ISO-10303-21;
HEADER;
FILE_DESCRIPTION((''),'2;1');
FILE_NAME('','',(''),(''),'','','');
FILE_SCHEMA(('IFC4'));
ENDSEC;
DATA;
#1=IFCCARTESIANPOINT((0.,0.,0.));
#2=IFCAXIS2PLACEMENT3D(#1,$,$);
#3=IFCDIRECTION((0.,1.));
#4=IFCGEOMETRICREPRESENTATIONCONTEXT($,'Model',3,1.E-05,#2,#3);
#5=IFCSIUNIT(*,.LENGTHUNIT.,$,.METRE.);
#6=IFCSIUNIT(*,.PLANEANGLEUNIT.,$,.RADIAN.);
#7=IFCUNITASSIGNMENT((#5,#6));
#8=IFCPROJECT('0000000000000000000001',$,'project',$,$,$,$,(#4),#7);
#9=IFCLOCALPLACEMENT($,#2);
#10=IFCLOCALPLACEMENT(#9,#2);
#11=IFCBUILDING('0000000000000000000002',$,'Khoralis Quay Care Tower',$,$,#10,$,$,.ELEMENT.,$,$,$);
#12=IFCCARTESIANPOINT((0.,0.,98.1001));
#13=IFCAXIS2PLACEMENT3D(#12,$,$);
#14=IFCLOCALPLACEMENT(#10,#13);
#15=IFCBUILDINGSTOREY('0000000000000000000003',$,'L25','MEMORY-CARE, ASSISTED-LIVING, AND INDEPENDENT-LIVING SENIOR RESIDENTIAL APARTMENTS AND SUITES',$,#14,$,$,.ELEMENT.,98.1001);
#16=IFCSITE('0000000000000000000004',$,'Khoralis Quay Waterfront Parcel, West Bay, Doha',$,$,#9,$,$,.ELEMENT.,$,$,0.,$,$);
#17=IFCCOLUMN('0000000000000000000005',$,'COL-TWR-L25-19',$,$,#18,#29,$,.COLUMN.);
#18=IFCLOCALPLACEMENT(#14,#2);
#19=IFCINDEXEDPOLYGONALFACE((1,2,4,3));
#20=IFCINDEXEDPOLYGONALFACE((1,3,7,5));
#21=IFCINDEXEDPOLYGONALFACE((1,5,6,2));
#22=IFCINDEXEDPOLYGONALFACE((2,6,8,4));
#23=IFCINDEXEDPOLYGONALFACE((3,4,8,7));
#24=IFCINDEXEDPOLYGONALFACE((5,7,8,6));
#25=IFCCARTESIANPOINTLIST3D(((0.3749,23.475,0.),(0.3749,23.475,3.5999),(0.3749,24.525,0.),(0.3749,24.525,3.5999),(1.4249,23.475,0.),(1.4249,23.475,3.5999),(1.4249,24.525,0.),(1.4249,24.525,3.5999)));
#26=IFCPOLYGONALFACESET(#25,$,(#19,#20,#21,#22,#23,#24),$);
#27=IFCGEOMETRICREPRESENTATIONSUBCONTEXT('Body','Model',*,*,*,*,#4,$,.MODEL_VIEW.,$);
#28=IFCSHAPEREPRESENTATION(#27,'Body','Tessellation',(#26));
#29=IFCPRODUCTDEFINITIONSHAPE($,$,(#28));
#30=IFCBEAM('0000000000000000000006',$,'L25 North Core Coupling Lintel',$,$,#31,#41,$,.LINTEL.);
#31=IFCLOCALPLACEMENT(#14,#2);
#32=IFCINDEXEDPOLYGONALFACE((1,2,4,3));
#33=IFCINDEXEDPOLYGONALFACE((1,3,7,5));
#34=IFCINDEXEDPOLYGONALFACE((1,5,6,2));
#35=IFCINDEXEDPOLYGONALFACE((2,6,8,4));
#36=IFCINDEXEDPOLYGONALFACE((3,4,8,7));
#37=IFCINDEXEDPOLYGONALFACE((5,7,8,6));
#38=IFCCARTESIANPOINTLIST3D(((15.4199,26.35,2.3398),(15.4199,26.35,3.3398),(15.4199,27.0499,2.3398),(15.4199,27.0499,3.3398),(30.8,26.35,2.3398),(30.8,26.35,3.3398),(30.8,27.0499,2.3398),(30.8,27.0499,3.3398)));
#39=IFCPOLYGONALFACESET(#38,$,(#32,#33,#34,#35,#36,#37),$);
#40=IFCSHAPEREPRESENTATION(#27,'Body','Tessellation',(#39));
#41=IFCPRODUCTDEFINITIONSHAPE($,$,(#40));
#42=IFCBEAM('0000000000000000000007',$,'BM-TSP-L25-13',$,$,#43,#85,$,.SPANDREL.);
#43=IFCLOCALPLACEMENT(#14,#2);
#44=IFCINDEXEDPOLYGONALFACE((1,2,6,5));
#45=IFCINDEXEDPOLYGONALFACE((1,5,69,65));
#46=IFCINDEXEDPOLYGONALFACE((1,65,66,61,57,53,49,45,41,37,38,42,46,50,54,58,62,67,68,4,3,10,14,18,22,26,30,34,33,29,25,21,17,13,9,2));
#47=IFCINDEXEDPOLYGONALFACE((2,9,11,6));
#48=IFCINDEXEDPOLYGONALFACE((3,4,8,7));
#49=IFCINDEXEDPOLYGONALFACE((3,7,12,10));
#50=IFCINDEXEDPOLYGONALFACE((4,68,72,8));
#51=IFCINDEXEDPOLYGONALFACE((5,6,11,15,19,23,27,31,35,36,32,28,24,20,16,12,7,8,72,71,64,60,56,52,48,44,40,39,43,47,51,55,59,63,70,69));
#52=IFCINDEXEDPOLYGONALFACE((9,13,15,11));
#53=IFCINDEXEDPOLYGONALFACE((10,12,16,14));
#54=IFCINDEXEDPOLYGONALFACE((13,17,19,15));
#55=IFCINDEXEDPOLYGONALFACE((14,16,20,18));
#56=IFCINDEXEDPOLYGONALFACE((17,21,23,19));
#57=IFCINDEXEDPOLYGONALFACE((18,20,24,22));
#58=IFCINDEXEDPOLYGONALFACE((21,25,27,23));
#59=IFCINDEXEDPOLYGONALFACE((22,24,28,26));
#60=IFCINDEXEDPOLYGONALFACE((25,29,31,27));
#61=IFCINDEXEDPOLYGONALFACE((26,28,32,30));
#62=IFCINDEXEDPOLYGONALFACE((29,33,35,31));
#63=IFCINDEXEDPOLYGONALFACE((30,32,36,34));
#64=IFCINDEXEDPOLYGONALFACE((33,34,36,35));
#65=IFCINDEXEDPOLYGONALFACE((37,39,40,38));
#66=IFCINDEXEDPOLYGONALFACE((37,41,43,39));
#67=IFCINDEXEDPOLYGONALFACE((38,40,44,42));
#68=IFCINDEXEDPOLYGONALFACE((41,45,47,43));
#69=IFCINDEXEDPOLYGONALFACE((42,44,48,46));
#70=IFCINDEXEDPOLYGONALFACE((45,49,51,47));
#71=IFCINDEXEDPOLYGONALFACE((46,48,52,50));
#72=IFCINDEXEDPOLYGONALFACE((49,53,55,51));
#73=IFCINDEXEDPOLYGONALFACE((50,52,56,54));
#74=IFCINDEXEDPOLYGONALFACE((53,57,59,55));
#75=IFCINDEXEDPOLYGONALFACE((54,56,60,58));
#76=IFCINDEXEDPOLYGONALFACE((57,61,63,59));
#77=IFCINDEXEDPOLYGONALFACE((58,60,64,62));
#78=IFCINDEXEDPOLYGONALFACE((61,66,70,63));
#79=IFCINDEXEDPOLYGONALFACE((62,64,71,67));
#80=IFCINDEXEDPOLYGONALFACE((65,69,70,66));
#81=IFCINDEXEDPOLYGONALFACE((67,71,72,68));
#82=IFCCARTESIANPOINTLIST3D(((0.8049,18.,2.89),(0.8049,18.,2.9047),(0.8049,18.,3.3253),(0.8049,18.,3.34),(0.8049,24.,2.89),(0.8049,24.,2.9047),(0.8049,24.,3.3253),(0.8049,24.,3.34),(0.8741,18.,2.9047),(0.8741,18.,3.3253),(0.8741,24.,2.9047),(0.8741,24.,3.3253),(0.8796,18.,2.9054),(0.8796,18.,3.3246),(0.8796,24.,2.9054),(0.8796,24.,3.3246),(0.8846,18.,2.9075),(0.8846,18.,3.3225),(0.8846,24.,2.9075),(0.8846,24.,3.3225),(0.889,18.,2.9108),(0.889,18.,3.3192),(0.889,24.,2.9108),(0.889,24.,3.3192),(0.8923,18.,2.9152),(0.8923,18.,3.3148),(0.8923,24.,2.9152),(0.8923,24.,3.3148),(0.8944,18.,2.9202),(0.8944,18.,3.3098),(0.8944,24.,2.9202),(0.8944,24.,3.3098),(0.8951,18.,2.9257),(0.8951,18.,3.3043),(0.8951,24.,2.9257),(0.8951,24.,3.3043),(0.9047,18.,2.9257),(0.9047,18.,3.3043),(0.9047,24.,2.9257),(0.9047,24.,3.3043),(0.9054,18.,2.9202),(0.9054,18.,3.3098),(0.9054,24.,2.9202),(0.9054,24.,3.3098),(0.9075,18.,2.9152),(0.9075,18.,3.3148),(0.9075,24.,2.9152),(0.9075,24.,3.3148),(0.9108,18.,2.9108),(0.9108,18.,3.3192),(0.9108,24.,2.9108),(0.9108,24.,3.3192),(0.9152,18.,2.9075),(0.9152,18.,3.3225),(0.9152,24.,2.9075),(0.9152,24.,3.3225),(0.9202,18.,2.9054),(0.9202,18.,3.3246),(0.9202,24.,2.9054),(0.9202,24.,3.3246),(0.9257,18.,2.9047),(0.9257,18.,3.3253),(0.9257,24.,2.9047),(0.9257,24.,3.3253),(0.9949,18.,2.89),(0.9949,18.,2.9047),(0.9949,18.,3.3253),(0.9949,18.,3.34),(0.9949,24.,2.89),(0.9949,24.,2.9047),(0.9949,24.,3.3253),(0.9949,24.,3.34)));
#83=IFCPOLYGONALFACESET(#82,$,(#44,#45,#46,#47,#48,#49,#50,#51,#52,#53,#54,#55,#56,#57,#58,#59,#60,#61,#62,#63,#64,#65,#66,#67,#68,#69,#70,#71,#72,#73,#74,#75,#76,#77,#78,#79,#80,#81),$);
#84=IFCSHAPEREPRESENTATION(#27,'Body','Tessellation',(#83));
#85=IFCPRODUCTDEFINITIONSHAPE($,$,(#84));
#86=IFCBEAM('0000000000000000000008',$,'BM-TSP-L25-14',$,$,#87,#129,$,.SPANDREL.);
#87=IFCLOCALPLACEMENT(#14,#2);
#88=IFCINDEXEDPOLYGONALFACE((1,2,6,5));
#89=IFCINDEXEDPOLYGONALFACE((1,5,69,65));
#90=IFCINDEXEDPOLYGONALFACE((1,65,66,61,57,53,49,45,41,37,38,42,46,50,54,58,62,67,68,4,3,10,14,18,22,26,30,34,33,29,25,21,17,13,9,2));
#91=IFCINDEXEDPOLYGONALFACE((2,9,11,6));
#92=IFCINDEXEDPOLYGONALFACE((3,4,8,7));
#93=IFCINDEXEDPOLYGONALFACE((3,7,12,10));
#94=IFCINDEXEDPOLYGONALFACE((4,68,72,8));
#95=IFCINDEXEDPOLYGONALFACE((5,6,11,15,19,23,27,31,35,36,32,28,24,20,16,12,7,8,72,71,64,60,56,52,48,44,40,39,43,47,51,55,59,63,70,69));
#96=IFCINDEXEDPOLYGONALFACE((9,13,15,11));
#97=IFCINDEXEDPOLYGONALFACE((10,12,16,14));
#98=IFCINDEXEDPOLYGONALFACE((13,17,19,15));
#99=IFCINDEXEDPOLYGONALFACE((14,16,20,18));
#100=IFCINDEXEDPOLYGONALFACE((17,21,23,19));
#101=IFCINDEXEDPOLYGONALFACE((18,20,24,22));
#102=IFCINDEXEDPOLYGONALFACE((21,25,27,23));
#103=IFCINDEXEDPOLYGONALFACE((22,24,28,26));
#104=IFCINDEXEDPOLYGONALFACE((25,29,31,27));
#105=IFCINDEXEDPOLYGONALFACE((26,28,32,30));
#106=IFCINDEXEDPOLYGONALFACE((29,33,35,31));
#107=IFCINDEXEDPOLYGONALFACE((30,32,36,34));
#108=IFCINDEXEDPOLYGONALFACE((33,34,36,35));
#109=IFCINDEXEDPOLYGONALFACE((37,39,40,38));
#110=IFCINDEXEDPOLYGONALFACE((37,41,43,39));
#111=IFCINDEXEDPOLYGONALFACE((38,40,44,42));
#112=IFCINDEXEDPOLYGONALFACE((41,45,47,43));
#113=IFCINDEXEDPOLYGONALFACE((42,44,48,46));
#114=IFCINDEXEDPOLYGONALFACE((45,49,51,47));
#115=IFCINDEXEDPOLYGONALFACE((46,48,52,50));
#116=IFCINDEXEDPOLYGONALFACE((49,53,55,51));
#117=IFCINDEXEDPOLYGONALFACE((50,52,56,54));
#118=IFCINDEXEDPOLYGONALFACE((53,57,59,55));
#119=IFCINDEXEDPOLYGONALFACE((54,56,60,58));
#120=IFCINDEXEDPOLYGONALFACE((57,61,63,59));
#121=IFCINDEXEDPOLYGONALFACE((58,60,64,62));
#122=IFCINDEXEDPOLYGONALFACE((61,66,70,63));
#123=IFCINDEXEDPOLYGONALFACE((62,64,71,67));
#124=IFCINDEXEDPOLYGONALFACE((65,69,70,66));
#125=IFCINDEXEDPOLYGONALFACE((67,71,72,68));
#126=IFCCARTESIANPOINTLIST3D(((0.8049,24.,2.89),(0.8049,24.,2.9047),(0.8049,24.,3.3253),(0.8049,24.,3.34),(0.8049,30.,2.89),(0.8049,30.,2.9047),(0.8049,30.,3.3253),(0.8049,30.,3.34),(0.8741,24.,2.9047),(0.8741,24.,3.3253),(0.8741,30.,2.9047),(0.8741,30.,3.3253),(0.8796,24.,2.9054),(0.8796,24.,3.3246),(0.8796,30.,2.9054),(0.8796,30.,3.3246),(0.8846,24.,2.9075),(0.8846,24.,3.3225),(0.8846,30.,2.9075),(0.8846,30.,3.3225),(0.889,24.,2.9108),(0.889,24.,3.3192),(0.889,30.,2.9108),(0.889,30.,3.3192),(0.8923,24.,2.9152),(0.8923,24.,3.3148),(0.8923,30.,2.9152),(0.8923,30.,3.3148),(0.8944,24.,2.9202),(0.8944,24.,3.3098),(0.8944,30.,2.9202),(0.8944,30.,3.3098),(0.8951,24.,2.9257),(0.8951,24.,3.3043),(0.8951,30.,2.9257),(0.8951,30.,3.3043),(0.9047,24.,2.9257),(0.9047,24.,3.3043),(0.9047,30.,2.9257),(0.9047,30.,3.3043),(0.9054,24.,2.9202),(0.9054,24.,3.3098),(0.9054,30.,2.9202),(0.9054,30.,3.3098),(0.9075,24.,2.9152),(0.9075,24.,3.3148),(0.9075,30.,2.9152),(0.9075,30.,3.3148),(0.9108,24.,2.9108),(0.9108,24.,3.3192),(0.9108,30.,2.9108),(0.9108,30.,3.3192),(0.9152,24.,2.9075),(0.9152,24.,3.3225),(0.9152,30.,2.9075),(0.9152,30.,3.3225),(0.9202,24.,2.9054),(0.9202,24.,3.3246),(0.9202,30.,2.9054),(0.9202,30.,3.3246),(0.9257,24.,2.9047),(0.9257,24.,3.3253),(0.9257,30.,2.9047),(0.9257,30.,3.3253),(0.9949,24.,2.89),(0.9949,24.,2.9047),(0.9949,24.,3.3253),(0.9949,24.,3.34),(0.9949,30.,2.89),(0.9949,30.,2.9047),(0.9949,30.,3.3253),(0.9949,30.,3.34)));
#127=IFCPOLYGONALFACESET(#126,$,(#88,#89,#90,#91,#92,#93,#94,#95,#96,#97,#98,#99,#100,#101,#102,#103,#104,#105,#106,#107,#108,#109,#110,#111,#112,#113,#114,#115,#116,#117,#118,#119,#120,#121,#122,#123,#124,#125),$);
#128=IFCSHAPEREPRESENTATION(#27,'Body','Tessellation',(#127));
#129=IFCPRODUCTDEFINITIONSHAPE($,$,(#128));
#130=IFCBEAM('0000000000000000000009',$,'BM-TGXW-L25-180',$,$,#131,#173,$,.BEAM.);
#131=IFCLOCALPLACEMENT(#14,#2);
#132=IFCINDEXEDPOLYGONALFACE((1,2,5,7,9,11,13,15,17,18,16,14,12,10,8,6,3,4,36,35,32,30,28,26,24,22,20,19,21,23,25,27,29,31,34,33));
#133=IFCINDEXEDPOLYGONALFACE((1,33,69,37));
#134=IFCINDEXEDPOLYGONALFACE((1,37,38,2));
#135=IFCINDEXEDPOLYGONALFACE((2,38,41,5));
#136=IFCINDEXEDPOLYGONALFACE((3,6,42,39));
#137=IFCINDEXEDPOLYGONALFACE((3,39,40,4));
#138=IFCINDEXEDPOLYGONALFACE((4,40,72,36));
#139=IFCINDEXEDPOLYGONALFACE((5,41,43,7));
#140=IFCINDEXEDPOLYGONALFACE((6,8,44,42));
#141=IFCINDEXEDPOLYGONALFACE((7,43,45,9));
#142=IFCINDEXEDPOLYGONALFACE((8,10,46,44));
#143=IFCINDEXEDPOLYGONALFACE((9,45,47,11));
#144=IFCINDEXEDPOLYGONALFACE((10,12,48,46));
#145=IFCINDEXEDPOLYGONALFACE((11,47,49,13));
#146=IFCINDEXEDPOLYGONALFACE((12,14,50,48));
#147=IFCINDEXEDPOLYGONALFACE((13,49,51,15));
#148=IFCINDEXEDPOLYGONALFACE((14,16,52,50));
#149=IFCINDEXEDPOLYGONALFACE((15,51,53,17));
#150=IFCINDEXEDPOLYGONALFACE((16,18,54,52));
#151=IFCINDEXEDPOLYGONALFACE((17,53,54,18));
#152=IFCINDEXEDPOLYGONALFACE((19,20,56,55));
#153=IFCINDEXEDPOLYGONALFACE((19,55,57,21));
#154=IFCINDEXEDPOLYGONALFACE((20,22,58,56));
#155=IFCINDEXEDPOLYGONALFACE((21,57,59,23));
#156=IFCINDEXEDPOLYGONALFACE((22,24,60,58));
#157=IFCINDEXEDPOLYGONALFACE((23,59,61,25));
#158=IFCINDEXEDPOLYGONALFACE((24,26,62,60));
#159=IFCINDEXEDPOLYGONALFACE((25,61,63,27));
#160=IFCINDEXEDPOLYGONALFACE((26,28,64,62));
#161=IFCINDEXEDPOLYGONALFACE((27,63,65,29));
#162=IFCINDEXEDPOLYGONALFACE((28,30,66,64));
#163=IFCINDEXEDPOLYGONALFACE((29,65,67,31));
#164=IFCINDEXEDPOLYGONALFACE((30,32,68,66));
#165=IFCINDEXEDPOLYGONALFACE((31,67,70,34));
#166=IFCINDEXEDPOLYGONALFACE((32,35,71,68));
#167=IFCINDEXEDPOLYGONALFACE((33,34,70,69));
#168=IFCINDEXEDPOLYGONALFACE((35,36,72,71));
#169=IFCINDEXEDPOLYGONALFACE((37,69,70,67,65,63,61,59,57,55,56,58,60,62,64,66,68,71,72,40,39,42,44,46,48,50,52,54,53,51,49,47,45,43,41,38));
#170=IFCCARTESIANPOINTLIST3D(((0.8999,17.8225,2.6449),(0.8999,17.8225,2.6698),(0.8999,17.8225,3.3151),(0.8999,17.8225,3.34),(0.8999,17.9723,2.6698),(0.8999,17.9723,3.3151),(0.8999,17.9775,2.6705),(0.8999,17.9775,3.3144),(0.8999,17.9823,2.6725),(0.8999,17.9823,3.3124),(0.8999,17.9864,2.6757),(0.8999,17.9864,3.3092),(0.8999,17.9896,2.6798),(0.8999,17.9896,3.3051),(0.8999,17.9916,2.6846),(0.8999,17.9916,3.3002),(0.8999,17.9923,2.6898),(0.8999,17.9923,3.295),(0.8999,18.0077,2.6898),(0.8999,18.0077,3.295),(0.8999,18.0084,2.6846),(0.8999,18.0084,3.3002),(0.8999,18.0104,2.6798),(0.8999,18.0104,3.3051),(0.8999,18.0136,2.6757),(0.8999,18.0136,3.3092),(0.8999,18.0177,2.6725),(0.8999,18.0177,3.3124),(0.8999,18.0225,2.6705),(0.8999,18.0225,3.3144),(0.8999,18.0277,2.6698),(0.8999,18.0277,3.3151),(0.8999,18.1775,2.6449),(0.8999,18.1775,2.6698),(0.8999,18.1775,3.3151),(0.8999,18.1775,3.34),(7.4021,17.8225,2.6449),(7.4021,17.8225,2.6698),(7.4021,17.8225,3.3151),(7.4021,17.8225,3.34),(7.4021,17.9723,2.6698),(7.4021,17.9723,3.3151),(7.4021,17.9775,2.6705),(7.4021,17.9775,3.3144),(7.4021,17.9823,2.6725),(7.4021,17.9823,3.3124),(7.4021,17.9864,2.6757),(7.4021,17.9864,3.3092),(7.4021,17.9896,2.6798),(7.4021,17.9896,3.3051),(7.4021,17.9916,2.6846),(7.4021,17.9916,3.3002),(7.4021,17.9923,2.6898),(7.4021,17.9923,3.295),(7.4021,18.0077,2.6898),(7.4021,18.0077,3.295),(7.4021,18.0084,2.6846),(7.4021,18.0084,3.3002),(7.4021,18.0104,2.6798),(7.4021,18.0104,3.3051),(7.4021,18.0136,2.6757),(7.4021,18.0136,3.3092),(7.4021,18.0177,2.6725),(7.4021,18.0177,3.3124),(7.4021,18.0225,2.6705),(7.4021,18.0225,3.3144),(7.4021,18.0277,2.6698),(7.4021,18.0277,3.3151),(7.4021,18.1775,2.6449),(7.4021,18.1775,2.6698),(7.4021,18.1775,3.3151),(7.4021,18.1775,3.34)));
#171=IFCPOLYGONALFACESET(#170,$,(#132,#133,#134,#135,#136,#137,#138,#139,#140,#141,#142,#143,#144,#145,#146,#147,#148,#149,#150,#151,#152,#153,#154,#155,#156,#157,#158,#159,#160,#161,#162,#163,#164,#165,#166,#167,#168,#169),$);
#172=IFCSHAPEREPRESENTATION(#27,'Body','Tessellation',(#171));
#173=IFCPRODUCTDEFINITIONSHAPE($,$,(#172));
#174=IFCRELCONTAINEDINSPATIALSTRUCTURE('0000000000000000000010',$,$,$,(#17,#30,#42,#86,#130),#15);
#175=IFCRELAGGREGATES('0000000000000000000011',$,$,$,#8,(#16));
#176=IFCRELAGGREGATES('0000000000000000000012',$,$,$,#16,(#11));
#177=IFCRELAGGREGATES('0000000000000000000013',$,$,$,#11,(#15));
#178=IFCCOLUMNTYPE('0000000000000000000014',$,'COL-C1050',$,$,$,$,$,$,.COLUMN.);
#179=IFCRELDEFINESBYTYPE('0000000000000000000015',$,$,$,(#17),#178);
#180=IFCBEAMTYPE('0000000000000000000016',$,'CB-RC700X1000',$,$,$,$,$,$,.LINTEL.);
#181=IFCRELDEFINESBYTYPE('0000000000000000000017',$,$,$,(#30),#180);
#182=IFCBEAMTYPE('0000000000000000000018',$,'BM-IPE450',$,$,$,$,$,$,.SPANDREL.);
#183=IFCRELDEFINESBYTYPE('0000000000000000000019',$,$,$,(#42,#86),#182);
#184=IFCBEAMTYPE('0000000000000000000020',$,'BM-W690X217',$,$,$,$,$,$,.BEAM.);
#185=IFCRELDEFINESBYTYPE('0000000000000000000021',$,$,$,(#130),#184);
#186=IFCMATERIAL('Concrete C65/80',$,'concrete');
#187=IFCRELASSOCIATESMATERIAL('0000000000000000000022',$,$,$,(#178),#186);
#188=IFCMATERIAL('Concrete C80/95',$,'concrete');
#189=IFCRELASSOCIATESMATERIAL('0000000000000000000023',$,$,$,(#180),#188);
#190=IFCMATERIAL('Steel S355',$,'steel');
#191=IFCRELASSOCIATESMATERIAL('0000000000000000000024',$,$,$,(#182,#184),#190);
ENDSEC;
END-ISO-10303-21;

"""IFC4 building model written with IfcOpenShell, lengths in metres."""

from ifc_helpers import new_model, si_unit, direction, frame, origin, origin_2d, place, context, subcontext, project, spatial, rectangle, i_section, extrude, source, transform, mapped, material, material_profile, profile_set, type_object, element, save


model = new_model("IFC4")

# Units and contexts
model_context = context("Model", 3, precision=1e-05, world=origin(), true_north=direction((0.0, 1.0)))
body_context = subcontext(model_context, "Body", "Model", "MODEL_VIEW")
ifc_project = project(units=[si_unit("LENGTHUNIT", "METRE"), si_unit("PLANEANGLEUNIT", "RADIAN")], contexts=[model_context])

# Site, building, storey
site_placement = place(None, origin())
site = spatial("IfcSite", under=ifc_project, at=site_placement, Name="Khoralis Quay Waterfront Parcel, West Bay, Doha", CompositionType="ELEMENT", RefElevation=0.0)
building_placement = place(site_placement, origin())
building = spatial("IfcBuilding", under=site, at=building_placement, Name="Khoralis Quay Care Tower", CompositionType="ELEMENT")
storey_placement = place(building_placement, frame((0.0, 0.0, 98.1001)))
storey = spatial("IfcBuildingStorey", under=building, at=storey_placement, Name="L25", Description="MEMORY-CARE, ASSISTED-LIVING, AND INDEPENDENT-LIVING SENIOR RESIDENTIAL APARTMENTS AND SUITES", CompositionType="ELEMENT", Elevation=98.1001)

# Column
ifc_material_1 = material(Name="Concrete C65/80", Category="concrete")
ifc_material_profile_1 = material_profile(ifc_material_1, rectangle(XDim=1.05, YDim=1.05, at=origin_2d()), Name="Concrete C65/80")
ifc_profile_set_1 = profile_set([ifc_material_profile_1], Name="Concrete C65/80")
column_type = type_object("IfcColumnType", Name="COL-C1050", PredefinedType="COLUMN", material=ifc_profile_set_1)
shared_shape_1 = source(origin(), body_context, "Body", "SweptSolid", [
    extrude(rectangle(XDim=1.05, YDim=1.05, at=origin_2d()), origin(), (0.0, 0.0, 1.0), 3.5999),
])
column_placement = place(storey_placement, frame((0.8999, 24.0, 0.0), z_axis=(0.0, 0.0, 1.0), x_axis=(1.0, 0.0, 0.0)))
element("IfcColumn", 1, at=column_placement, inside=storey, type_object=column_type, Name="COL-TWR-L25-19", PredefinedType="COLUMN", context=body_context, shape_type="MappedRepresentation", body=[
    mapped(shared_shape_1, transform((0.0, 0.0, 0.0), scale=1.0)),
])

# Beams
ifc_material_2 = material(Name="Concrete C80/95", Category="concrete")
ifc_material_profile_2 = material_profile(ifc_material_2, rectangle(XDim=0.7, YDim=1.0, at=origin_2d()), Name="Concrete C80/95")
ifc_profile_set_2 = profile_set([ifc_material_profile_2], Name="Concrete C80/95")
beam_type_1 = type_object("IfcBeamType", Name="CB-RC700X1000", PredefinedType="LINTEL", material=ifc_profile_set_2)
shared_shape_2 = source(origin(), body_context, "Body", "SweptSolid", [
    extrude(rectangle(XDim=0.7, YDim=1.0, at=origin_2d()), origin(), (0.0, 0.0, 1.0), 15.3801),
])
beam_1_placement = place(storey_placement, frame((15.4199, 26.7, 2.8398), z_axis=(1.0, 0.0, 0.0), x_axis=(0.0, 1.0, 0.0)))
element("IfcBeam", 2, at=beam_1_placement, inside=storey, type_object=beam_type_1, Name="L25 North Core Coupling Lintel", PredefinedType="LINTEL", context=body_context, shape_type="MappedRepresentation", body=[
    mapped(shared_shape_2, transform((0.0, 0.0, 0.0), scale=1.0)),
])
ifc_material_3 = material(Name="Steel S355", Category="steel")
ifc_material_profile_3 = material_profile(ifc_material_3, i_section(OverallWidth=0.1899, OverallDepth=0.45, WebThickness=0.0095, FlangeThickness=0.0146, FilletRadius=0.021, at=origin_2d()), Name="Steel S355")
ifc_profile_set_3 = profile_set([ifc_material_profile_3], Name="Steel S355")
beam_type_2 = type_object("IfcBeamType", Name="BM-IPE450", PredefinedType="SPANDREL", material=ifc_profile_set_3)
shared_shape_3 = source(origin(), body_context, "Body", "SweptSolid", [
    extrude(i_section(OverallWidth=0.1899, OverallDepth=0.45, WebThickness=0.0095, FlangeThickness=0.0146, FilletRadius=0.021, at=origin_2d()), origin(), (0.0, 0.0, 1.0), 6.0),
])
for number, where, z_axis, x_axis, name in (
    (3, (0.8999, 18.0, 3.115), (0.0, 1.0, 0.0), (-1.0, 0.0, 0.0), "BM-TSP-L25-13"),
    (4, (0.8999, 24.0, 3.115), (0.0, 1.0, 0.0), (-1.0, 0.0, 0.0), "BM-TSP-L25-14"),
):
    element("IfcBeam", number, at=place(storey_placement, frame(where, z_axis=z_axis, x_axis=x_axis)), inside=storey, type_object=beam_type_2, Name=name, PredefinedType="SPANDREL", context=body_context, shape_type="MappedRepresentation", body=[
        mapped(shared_shape_3, transform((0.0, 0.0, 0.0), scale=1.0)),
    ])
ifc_material_profile_4 = material_profile(ifc_material_3, i_section(OverallWidth=0.355, OverallDepth=0.6951, WebThickness=0.0154, FlangeThickness=0.0249, FilletRadius=0.02, at=origin_2d()), Name="Steel S355")
ifc_profile_set_4 = profile_set([ifc_material_profile_4], Name="Steel S355")
beam_type_3 = type_object("IfcBeamType", Name="BM-W690X217", PredefinedType="BEAM", material=ifc_profile_set_4)
shared_shape_4 = source(origin(), body_context, "Body", "SweptSolid", [
    extrude(i_section(OverallWidth=0.355, OverallDepth=0.6951, WebThickness=0.0154, FlangeThickness=0.0249, FilletRadius=0.02, at=origin_2d()), origin(), (0.0, 0.0, 1.0), 6.5022),
])
for number, where, z_axis, x_axis, name in (
    (5, (0.8999, 18.0, 2.9924), (1.0, 0.0, 0.0), (0.0, 1.0, 0.0), "BM-TGXW-L25-180"),
):
    element("IfcBeam", number, at=place(storey_placement, frame(where, z_axis=z_axis, x_axis=x_axis)), inside=storey, type_object=beam_type_3, Name=name, PredefinedType="BEAM", context=body_context, shape_type="MappedRepresentation", body=[
        mapped(shared_shape_4, transform((0.0, 0.0, 0.0), scale=1.0)),
    ])

save(model, "model.ifc")
